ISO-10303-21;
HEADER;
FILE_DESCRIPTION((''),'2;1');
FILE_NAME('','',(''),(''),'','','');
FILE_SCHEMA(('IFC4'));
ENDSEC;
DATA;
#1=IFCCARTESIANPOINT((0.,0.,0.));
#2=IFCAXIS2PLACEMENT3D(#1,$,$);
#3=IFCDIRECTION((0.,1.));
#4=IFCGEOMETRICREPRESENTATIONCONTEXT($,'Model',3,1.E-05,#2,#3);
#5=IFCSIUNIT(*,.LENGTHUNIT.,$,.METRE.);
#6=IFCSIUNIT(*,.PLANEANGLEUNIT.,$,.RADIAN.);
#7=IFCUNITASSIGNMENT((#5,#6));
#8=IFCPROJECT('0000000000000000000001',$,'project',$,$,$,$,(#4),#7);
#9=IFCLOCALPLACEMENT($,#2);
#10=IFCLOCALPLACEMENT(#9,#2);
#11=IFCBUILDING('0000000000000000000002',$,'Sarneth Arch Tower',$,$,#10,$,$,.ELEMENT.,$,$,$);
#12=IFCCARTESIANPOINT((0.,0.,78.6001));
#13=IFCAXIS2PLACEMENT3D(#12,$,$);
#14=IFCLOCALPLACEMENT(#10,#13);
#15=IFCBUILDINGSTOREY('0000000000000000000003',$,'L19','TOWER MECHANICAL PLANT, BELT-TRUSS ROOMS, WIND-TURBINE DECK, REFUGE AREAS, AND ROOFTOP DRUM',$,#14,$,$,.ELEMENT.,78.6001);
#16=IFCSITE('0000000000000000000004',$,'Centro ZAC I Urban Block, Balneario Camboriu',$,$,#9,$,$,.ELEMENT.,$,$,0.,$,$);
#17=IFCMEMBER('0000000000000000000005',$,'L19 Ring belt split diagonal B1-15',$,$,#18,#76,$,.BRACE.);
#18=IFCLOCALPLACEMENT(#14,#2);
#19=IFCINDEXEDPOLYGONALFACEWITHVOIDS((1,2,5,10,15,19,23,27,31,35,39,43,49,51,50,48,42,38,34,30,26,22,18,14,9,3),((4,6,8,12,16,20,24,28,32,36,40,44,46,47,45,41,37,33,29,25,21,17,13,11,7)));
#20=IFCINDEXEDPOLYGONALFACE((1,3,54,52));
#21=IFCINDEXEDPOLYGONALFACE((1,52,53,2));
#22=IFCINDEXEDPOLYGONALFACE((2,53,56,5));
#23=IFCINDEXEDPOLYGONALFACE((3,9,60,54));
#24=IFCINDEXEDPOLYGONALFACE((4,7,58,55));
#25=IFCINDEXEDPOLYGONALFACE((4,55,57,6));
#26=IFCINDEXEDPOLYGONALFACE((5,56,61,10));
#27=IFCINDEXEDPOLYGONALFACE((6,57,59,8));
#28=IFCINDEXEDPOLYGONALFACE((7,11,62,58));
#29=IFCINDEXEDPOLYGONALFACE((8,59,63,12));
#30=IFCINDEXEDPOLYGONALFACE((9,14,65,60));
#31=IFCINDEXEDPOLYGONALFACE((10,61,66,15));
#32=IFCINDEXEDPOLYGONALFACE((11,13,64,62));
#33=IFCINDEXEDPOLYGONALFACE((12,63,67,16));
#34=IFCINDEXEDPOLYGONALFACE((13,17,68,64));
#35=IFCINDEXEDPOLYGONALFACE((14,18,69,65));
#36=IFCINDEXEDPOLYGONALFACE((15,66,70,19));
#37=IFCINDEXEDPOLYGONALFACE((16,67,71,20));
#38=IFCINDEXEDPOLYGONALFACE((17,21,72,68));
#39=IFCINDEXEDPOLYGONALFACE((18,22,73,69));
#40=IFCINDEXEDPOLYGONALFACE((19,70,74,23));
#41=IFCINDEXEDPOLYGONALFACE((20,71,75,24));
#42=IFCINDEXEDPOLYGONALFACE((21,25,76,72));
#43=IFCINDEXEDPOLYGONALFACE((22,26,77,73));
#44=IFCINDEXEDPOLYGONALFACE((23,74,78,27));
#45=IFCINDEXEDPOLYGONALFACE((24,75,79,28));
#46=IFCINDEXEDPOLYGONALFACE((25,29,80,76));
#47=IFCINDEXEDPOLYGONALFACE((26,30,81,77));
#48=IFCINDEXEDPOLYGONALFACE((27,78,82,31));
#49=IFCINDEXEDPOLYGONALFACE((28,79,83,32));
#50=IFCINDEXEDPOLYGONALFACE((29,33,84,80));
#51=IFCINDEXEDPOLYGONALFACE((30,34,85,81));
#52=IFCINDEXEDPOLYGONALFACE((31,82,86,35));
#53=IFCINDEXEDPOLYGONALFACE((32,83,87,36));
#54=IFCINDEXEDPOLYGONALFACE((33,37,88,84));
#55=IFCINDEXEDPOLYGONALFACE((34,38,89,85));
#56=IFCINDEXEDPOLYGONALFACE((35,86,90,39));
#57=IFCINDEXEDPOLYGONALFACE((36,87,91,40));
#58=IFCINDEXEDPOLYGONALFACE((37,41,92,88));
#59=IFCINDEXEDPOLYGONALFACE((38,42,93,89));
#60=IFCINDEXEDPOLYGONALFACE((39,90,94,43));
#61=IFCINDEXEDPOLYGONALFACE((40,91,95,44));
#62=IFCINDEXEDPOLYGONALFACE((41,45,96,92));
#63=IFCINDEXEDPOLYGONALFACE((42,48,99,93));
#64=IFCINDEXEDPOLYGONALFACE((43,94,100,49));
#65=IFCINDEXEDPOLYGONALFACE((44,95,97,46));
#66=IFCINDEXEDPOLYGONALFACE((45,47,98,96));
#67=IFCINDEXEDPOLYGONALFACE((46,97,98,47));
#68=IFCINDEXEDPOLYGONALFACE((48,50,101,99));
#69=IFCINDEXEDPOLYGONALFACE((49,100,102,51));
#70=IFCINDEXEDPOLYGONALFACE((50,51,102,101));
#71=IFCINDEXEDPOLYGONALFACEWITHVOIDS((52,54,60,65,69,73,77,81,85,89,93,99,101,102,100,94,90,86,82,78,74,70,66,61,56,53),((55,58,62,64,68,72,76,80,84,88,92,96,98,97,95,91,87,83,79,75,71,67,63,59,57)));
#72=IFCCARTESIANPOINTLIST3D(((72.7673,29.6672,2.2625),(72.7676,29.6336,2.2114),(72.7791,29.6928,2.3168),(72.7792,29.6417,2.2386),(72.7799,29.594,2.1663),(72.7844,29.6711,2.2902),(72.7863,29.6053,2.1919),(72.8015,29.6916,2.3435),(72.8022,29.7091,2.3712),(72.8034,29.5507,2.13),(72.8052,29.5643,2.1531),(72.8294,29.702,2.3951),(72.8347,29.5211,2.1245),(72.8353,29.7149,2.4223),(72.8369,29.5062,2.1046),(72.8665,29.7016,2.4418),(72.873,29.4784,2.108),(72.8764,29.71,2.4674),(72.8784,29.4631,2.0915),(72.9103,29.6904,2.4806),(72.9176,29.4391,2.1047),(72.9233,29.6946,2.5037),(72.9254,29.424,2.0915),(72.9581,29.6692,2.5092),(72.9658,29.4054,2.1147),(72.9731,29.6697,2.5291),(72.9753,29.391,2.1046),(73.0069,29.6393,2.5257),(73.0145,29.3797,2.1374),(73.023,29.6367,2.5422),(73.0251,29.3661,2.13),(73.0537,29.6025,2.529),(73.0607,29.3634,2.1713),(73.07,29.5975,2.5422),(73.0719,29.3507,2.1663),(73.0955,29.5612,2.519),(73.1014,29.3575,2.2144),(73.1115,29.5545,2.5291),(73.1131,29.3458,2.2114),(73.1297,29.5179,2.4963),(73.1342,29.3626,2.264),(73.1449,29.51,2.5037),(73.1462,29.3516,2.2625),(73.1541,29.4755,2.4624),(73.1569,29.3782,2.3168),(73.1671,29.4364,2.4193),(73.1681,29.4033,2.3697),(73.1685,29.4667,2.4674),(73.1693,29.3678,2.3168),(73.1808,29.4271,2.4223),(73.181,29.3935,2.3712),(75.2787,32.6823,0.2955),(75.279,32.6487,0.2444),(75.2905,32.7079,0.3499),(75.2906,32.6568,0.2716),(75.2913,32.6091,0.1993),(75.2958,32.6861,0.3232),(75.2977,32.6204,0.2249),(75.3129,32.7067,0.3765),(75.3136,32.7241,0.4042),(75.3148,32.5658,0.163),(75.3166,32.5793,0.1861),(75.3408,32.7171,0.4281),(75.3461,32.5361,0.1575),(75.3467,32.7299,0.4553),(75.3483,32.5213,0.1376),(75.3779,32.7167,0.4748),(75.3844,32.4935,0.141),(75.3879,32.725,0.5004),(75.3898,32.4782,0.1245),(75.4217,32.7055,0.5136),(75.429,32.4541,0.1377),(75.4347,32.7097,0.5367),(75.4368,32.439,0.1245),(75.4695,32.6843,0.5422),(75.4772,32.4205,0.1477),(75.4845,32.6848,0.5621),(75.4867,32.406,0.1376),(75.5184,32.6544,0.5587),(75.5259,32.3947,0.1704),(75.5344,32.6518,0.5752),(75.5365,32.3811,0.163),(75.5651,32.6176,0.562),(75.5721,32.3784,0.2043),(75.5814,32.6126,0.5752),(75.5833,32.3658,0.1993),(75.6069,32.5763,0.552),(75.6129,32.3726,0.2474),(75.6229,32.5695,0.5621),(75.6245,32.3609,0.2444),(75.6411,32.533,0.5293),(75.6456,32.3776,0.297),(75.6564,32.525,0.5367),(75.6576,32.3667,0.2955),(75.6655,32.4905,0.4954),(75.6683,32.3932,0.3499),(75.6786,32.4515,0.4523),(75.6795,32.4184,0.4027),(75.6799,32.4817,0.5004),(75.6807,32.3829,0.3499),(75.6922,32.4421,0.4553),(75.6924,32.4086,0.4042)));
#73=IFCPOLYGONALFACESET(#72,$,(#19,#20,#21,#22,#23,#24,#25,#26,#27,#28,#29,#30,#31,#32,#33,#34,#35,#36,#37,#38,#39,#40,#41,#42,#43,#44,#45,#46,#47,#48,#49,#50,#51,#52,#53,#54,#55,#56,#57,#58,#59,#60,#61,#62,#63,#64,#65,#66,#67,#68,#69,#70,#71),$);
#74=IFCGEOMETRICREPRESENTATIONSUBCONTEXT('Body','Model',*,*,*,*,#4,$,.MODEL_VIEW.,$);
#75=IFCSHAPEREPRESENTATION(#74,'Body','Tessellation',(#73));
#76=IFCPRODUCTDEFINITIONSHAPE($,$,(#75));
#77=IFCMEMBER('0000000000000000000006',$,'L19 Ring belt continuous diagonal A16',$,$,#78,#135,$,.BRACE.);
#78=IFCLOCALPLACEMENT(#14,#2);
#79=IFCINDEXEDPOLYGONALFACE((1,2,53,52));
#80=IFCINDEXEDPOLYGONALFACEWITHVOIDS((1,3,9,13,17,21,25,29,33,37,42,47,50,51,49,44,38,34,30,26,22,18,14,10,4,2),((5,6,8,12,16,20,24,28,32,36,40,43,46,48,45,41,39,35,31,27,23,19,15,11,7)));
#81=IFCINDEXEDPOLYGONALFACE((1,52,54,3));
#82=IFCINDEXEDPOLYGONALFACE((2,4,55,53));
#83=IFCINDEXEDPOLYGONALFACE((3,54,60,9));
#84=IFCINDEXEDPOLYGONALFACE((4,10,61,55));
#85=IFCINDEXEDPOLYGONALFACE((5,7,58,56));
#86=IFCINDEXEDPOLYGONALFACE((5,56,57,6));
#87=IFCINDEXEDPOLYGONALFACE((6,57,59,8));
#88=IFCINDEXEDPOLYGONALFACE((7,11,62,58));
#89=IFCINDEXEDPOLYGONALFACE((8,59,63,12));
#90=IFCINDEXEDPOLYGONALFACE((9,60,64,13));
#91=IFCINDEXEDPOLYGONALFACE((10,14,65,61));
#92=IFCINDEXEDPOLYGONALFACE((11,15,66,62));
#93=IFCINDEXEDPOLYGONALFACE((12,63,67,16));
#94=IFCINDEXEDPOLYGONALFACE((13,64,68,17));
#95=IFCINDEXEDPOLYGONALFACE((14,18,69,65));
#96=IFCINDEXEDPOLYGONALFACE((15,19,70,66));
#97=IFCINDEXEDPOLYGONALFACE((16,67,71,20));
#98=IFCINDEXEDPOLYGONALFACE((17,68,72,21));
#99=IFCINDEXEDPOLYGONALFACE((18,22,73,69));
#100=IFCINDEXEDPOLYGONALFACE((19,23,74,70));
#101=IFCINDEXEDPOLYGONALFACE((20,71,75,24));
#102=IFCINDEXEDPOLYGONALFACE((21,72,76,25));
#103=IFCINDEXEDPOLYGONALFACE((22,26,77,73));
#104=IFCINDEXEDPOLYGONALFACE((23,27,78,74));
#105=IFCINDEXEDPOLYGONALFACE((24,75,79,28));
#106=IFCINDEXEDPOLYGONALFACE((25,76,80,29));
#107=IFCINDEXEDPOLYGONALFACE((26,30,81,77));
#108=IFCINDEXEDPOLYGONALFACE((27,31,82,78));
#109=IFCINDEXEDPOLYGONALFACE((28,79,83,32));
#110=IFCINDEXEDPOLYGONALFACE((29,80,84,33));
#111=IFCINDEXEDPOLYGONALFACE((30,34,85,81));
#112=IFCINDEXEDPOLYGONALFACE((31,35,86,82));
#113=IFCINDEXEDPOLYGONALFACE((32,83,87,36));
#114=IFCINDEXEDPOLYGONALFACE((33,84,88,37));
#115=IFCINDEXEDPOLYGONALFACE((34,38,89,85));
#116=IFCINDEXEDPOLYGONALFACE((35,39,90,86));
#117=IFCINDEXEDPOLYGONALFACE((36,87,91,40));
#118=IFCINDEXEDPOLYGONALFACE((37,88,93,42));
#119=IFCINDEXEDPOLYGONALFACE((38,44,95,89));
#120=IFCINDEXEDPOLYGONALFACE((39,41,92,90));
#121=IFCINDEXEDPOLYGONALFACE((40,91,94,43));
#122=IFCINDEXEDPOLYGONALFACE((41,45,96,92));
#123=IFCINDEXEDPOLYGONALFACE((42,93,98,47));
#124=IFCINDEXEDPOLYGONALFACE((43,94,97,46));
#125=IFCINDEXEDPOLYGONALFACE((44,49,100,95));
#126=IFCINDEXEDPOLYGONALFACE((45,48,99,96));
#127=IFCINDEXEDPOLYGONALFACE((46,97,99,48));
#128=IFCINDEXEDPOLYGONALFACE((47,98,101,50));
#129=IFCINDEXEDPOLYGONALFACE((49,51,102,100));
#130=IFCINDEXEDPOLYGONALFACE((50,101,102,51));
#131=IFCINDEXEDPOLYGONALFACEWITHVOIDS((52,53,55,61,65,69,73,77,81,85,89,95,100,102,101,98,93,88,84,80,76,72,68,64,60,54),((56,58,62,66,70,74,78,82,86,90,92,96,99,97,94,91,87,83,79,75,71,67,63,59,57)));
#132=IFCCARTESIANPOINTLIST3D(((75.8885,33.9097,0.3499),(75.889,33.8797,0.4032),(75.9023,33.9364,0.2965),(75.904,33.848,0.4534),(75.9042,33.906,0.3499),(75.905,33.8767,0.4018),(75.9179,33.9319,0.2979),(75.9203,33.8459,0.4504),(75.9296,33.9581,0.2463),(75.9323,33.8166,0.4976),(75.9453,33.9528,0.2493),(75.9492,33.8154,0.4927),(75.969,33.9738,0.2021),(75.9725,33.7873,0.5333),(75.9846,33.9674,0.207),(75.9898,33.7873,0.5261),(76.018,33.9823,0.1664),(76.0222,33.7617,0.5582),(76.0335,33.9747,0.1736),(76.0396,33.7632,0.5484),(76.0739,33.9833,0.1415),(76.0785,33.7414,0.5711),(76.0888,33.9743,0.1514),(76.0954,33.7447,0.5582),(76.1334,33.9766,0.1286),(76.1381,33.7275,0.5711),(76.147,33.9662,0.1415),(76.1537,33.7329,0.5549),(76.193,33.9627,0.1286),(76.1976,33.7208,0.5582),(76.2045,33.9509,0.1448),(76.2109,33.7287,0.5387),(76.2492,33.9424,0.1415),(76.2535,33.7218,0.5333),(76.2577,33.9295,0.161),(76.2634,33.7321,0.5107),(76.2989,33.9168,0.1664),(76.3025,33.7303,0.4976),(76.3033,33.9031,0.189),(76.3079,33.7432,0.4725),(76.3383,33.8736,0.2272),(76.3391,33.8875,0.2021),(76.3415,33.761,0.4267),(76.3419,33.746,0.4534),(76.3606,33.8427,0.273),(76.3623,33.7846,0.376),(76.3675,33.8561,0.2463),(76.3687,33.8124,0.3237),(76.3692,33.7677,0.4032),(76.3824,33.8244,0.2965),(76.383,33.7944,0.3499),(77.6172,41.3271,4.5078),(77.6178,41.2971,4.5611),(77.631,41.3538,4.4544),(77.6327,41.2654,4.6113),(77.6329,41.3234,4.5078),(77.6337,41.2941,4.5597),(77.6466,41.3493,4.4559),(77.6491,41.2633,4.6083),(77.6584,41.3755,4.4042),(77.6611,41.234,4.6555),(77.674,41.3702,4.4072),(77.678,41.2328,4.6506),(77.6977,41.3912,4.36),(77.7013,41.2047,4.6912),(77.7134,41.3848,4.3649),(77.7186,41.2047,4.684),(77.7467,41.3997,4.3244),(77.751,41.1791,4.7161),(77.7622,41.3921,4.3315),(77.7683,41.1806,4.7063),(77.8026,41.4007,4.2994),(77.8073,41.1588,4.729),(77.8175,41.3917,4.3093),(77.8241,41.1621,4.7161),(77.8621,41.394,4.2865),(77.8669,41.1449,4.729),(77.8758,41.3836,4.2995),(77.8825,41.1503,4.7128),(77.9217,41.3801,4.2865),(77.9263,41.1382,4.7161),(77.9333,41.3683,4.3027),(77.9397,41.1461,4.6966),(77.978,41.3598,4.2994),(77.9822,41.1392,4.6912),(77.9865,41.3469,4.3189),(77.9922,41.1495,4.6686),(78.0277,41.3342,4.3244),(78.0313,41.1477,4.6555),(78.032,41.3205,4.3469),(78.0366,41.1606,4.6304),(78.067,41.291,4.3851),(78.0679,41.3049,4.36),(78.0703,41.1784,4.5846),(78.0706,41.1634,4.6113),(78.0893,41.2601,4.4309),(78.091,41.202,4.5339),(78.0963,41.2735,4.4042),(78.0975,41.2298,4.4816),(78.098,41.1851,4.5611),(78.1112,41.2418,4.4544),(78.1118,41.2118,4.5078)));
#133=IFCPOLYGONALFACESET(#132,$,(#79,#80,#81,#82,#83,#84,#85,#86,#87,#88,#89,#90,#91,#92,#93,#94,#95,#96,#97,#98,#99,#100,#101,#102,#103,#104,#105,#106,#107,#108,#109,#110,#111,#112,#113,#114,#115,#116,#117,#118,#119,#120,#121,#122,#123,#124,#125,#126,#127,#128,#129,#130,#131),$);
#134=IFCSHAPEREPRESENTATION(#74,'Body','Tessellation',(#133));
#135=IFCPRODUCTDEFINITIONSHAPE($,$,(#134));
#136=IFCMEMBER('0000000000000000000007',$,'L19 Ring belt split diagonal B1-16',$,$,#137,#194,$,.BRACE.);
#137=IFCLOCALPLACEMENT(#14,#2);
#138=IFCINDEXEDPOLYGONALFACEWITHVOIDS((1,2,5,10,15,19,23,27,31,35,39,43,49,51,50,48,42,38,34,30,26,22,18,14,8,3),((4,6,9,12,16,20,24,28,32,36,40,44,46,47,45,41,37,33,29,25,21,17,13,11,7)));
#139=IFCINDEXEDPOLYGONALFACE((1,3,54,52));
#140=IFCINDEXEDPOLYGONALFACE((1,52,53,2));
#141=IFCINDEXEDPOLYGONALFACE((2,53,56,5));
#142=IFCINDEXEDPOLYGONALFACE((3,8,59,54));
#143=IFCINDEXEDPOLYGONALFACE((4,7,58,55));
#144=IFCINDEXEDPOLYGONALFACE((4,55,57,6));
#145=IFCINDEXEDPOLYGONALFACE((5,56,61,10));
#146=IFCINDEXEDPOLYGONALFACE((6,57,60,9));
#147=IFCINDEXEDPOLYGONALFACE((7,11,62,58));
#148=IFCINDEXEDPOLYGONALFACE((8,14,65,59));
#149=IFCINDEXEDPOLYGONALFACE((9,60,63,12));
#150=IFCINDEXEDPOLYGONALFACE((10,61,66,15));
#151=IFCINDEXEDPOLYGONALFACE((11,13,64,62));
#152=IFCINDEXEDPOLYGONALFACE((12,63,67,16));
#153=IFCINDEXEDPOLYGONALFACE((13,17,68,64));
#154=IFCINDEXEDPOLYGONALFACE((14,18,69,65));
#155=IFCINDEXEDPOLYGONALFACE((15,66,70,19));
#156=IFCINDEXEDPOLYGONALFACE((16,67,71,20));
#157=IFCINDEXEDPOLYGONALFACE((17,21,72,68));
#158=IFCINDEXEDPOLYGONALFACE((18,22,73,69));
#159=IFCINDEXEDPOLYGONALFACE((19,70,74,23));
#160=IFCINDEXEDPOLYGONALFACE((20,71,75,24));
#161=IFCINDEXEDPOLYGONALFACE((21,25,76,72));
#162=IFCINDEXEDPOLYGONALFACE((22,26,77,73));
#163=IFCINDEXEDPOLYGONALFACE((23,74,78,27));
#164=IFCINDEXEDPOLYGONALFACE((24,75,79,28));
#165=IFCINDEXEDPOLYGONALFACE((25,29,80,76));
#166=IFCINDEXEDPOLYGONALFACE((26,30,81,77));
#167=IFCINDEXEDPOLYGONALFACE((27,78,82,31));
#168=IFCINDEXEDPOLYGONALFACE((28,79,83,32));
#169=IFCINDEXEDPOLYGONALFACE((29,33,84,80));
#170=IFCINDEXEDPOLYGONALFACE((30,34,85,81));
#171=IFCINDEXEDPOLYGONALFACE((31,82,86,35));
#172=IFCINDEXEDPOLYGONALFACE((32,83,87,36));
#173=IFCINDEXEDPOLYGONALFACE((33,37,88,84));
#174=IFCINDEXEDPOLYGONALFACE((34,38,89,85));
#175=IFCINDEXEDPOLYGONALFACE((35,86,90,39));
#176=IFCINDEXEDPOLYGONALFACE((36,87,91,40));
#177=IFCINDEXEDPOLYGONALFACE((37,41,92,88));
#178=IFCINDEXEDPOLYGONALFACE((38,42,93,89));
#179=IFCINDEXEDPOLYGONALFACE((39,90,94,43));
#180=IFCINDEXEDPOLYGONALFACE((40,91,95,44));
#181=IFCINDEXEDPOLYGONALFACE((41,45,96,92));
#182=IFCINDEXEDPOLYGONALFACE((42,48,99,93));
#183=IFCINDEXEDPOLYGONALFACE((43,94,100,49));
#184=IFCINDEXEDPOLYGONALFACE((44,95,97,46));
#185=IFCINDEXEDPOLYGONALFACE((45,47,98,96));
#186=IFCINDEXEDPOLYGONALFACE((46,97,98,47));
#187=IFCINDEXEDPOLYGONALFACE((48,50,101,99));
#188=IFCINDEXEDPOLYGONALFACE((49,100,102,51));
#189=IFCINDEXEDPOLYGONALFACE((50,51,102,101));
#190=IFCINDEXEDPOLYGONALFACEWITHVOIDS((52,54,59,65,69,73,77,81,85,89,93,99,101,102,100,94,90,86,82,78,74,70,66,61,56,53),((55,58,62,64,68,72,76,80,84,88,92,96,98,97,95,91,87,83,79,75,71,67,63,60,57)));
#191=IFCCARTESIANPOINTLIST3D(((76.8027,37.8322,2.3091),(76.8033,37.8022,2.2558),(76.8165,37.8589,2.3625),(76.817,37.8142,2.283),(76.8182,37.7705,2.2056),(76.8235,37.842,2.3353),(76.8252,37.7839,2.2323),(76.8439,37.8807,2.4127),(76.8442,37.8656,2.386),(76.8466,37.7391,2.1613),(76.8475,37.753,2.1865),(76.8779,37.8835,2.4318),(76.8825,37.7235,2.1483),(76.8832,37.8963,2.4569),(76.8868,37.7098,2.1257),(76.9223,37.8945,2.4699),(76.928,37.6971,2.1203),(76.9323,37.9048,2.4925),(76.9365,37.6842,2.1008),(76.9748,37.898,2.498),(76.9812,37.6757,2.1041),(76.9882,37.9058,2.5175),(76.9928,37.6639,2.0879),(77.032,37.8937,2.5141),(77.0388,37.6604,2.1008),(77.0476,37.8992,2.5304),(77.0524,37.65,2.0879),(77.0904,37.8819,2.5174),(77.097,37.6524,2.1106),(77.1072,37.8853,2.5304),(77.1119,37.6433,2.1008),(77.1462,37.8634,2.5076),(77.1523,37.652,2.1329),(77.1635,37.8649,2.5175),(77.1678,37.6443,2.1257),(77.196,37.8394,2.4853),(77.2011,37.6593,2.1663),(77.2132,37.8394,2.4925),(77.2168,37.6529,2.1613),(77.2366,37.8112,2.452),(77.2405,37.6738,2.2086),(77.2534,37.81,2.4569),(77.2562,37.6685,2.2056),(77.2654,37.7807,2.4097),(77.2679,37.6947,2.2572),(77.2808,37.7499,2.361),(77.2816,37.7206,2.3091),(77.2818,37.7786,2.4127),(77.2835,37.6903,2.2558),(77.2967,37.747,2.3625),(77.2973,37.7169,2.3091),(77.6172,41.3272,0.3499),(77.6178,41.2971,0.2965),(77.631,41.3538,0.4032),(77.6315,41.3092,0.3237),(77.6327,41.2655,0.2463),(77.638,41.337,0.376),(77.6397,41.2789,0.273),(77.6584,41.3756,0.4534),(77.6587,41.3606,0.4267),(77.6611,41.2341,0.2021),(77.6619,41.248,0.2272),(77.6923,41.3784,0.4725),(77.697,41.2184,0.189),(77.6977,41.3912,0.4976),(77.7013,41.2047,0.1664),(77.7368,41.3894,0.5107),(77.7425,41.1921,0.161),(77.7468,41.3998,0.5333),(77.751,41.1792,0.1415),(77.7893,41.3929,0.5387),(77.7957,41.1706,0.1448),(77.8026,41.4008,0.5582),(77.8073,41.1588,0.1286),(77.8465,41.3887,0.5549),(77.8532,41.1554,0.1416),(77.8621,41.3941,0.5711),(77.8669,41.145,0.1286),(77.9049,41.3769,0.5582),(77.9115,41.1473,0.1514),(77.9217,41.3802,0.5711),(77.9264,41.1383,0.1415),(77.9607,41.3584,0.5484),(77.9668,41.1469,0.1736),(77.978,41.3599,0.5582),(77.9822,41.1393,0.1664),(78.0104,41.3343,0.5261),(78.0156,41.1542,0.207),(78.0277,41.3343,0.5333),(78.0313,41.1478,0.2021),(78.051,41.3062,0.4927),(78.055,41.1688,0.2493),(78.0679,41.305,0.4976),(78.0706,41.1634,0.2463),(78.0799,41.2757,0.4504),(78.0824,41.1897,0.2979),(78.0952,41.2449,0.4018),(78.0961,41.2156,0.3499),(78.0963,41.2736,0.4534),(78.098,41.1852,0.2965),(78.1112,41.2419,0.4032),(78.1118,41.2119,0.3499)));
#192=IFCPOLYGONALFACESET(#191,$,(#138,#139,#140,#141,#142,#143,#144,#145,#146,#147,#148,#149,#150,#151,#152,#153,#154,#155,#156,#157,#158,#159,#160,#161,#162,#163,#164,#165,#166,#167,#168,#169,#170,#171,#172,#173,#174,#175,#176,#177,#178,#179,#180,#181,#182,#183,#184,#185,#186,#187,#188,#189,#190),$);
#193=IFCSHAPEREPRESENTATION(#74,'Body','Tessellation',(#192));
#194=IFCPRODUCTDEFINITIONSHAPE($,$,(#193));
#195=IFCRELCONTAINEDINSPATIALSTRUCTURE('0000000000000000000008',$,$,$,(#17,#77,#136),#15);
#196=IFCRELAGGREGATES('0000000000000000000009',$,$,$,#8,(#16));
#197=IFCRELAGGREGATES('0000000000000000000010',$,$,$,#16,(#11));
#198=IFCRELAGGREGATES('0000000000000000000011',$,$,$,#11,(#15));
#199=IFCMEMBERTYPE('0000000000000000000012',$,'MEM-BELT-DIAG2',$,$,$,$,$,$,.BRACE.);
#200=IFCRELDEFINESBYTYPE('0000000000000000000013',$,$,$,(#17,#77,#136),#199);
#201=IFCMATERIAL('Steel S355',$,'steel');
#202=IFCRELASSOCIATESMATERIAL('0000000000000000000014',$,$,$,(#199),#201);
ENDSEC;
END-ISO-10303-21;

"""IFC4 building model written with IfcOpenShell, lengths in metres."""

from ifc_helpers import new_model, si_unit, direction, frame, origin, origin_2d, place, context, subcontext, project, spatial, hollow_circle, extrude, material, material_profile, profile_set, type_object, element, save


model = new_model("IFC4")

# Units and contexts
model_context = context("Model", 3, precision=1e-05, world=origin(), true_north=direction((0.0, 1.0)))
body_context = subcontext(model_context, "Body", "Model", "MODEL_VIEW")
ifc_project = project(units=[si_unit("LENGTHUNIT", "METRE"), si_unit("PLANEANGLEUNIT", "RADIAN")], contexts=[model_context])

# Site, building, storey
site_placement = place(None, origin())
site = spatial("IfcSite", under=ifc_project, at=site_placement, Name="Centro ZAC I Urban Block, Balneario Camboriu", CompositionType="ELEMENT", RefElevation=0.0)
building_placement = place(site_placement, origin())
building = spatial("IfcBuilding", under=site, at=building_placement, Name="Sarneth Arch Tower", CompositionType="ELEMENT")
storey_placement = place(building_placement, frame((0.0, 0.0, 78.6001)))
storey = spatial("IfcBuildingStorey", under=building, at=storey_placement, Name="L19", Description="TOWER MECHANICAL PLANT, BELT-TRUSS ROOMS, WIND-TURBINE DECK, REFUGE AREAS, AND ROOFTOP DRUM", CompositionType="ELEMENT", Elevation=78.6001)

# Members
ifc_material_1 = material(Name="Steel S355", Category="steel")
ifc_material_profile_1 = material_profile(ifc_material_1, hollow_circle(Radius=0.2539, WallThickness=0.0161, at=origin_2d()), Name="CHS508x16")
ifc_profile_set_1 = profile_set([ifc_material_profile_1], Name="Steel S355")
member_type_1 = type_object("IfcMemberType", Name="MEM-BELT-DIAG2", PredefinedType="BRACE", material=ifc_profile_set_1)
member_1_placement = place(storey_placement, frame((75.4856, 32.5454, 0.3499), z_axis=(-0.572154, -0.686896, 0.448123), x_axis=(0.768364, -0.640013, 0.0)))
element("IfcMember", 1, at=member_1_placement, inside=storey, type_object=member_type_1, Name="L19 Ring belt split diagonal B1-15", PredefinedType="BRACE", context=body_context, shape_type="SweptSolid", body=[
    extrude(hollow_circle(Radius=0.2539, WallThickness=0.0161, at=origin_2d()), origin(), (0.0, 0.0, 1.0), 4.3894),
])
member_2_placement = place(storey_placement, frame((76.1357, 33.8521, 0.3499), z_axis=(0.199227, 0.85481, 0.479174), x_axis=(-0.973899, 0.226982, 0.0)))
element("IfcMember", 2, at=member_2_placement, inside=storey, type_object=member_type_1, Name="L19 Ring belt continuous diagonal A16", PredefinedType="BRACE", context=body_context, shape_type="SweptSolid", body=[
    extrude(hollow_circle(Radius=0.2539, WallThickness=0.0161, at=origin_2d()), origin(), (0.0, 0.0, 1.0), 8.6772),
])
member_3_placement = place(storey_placement, frame((77.8645, 41.2695, 0.3499), z_axis=(-0.199205, -0.8548, 0.479202), x_axis=(0.973904, -0.226961, 0.0)))
element("IfcMember", 3, at=member_3_placement, inside=storey, type_object=member_type_1, Name="L19 Ring belt split diagonal B1-16", PredefinedType="BRACE", context=body_context, shape_type="SweptSolid", body=[
    extrude(hollow_circle(Radius=0.2539, WallThickness=0.0161, at=origin_2d()), origin(), (0.0, 0.0, 1.0), 4.0886),
])

save(model, "model.ifc")
